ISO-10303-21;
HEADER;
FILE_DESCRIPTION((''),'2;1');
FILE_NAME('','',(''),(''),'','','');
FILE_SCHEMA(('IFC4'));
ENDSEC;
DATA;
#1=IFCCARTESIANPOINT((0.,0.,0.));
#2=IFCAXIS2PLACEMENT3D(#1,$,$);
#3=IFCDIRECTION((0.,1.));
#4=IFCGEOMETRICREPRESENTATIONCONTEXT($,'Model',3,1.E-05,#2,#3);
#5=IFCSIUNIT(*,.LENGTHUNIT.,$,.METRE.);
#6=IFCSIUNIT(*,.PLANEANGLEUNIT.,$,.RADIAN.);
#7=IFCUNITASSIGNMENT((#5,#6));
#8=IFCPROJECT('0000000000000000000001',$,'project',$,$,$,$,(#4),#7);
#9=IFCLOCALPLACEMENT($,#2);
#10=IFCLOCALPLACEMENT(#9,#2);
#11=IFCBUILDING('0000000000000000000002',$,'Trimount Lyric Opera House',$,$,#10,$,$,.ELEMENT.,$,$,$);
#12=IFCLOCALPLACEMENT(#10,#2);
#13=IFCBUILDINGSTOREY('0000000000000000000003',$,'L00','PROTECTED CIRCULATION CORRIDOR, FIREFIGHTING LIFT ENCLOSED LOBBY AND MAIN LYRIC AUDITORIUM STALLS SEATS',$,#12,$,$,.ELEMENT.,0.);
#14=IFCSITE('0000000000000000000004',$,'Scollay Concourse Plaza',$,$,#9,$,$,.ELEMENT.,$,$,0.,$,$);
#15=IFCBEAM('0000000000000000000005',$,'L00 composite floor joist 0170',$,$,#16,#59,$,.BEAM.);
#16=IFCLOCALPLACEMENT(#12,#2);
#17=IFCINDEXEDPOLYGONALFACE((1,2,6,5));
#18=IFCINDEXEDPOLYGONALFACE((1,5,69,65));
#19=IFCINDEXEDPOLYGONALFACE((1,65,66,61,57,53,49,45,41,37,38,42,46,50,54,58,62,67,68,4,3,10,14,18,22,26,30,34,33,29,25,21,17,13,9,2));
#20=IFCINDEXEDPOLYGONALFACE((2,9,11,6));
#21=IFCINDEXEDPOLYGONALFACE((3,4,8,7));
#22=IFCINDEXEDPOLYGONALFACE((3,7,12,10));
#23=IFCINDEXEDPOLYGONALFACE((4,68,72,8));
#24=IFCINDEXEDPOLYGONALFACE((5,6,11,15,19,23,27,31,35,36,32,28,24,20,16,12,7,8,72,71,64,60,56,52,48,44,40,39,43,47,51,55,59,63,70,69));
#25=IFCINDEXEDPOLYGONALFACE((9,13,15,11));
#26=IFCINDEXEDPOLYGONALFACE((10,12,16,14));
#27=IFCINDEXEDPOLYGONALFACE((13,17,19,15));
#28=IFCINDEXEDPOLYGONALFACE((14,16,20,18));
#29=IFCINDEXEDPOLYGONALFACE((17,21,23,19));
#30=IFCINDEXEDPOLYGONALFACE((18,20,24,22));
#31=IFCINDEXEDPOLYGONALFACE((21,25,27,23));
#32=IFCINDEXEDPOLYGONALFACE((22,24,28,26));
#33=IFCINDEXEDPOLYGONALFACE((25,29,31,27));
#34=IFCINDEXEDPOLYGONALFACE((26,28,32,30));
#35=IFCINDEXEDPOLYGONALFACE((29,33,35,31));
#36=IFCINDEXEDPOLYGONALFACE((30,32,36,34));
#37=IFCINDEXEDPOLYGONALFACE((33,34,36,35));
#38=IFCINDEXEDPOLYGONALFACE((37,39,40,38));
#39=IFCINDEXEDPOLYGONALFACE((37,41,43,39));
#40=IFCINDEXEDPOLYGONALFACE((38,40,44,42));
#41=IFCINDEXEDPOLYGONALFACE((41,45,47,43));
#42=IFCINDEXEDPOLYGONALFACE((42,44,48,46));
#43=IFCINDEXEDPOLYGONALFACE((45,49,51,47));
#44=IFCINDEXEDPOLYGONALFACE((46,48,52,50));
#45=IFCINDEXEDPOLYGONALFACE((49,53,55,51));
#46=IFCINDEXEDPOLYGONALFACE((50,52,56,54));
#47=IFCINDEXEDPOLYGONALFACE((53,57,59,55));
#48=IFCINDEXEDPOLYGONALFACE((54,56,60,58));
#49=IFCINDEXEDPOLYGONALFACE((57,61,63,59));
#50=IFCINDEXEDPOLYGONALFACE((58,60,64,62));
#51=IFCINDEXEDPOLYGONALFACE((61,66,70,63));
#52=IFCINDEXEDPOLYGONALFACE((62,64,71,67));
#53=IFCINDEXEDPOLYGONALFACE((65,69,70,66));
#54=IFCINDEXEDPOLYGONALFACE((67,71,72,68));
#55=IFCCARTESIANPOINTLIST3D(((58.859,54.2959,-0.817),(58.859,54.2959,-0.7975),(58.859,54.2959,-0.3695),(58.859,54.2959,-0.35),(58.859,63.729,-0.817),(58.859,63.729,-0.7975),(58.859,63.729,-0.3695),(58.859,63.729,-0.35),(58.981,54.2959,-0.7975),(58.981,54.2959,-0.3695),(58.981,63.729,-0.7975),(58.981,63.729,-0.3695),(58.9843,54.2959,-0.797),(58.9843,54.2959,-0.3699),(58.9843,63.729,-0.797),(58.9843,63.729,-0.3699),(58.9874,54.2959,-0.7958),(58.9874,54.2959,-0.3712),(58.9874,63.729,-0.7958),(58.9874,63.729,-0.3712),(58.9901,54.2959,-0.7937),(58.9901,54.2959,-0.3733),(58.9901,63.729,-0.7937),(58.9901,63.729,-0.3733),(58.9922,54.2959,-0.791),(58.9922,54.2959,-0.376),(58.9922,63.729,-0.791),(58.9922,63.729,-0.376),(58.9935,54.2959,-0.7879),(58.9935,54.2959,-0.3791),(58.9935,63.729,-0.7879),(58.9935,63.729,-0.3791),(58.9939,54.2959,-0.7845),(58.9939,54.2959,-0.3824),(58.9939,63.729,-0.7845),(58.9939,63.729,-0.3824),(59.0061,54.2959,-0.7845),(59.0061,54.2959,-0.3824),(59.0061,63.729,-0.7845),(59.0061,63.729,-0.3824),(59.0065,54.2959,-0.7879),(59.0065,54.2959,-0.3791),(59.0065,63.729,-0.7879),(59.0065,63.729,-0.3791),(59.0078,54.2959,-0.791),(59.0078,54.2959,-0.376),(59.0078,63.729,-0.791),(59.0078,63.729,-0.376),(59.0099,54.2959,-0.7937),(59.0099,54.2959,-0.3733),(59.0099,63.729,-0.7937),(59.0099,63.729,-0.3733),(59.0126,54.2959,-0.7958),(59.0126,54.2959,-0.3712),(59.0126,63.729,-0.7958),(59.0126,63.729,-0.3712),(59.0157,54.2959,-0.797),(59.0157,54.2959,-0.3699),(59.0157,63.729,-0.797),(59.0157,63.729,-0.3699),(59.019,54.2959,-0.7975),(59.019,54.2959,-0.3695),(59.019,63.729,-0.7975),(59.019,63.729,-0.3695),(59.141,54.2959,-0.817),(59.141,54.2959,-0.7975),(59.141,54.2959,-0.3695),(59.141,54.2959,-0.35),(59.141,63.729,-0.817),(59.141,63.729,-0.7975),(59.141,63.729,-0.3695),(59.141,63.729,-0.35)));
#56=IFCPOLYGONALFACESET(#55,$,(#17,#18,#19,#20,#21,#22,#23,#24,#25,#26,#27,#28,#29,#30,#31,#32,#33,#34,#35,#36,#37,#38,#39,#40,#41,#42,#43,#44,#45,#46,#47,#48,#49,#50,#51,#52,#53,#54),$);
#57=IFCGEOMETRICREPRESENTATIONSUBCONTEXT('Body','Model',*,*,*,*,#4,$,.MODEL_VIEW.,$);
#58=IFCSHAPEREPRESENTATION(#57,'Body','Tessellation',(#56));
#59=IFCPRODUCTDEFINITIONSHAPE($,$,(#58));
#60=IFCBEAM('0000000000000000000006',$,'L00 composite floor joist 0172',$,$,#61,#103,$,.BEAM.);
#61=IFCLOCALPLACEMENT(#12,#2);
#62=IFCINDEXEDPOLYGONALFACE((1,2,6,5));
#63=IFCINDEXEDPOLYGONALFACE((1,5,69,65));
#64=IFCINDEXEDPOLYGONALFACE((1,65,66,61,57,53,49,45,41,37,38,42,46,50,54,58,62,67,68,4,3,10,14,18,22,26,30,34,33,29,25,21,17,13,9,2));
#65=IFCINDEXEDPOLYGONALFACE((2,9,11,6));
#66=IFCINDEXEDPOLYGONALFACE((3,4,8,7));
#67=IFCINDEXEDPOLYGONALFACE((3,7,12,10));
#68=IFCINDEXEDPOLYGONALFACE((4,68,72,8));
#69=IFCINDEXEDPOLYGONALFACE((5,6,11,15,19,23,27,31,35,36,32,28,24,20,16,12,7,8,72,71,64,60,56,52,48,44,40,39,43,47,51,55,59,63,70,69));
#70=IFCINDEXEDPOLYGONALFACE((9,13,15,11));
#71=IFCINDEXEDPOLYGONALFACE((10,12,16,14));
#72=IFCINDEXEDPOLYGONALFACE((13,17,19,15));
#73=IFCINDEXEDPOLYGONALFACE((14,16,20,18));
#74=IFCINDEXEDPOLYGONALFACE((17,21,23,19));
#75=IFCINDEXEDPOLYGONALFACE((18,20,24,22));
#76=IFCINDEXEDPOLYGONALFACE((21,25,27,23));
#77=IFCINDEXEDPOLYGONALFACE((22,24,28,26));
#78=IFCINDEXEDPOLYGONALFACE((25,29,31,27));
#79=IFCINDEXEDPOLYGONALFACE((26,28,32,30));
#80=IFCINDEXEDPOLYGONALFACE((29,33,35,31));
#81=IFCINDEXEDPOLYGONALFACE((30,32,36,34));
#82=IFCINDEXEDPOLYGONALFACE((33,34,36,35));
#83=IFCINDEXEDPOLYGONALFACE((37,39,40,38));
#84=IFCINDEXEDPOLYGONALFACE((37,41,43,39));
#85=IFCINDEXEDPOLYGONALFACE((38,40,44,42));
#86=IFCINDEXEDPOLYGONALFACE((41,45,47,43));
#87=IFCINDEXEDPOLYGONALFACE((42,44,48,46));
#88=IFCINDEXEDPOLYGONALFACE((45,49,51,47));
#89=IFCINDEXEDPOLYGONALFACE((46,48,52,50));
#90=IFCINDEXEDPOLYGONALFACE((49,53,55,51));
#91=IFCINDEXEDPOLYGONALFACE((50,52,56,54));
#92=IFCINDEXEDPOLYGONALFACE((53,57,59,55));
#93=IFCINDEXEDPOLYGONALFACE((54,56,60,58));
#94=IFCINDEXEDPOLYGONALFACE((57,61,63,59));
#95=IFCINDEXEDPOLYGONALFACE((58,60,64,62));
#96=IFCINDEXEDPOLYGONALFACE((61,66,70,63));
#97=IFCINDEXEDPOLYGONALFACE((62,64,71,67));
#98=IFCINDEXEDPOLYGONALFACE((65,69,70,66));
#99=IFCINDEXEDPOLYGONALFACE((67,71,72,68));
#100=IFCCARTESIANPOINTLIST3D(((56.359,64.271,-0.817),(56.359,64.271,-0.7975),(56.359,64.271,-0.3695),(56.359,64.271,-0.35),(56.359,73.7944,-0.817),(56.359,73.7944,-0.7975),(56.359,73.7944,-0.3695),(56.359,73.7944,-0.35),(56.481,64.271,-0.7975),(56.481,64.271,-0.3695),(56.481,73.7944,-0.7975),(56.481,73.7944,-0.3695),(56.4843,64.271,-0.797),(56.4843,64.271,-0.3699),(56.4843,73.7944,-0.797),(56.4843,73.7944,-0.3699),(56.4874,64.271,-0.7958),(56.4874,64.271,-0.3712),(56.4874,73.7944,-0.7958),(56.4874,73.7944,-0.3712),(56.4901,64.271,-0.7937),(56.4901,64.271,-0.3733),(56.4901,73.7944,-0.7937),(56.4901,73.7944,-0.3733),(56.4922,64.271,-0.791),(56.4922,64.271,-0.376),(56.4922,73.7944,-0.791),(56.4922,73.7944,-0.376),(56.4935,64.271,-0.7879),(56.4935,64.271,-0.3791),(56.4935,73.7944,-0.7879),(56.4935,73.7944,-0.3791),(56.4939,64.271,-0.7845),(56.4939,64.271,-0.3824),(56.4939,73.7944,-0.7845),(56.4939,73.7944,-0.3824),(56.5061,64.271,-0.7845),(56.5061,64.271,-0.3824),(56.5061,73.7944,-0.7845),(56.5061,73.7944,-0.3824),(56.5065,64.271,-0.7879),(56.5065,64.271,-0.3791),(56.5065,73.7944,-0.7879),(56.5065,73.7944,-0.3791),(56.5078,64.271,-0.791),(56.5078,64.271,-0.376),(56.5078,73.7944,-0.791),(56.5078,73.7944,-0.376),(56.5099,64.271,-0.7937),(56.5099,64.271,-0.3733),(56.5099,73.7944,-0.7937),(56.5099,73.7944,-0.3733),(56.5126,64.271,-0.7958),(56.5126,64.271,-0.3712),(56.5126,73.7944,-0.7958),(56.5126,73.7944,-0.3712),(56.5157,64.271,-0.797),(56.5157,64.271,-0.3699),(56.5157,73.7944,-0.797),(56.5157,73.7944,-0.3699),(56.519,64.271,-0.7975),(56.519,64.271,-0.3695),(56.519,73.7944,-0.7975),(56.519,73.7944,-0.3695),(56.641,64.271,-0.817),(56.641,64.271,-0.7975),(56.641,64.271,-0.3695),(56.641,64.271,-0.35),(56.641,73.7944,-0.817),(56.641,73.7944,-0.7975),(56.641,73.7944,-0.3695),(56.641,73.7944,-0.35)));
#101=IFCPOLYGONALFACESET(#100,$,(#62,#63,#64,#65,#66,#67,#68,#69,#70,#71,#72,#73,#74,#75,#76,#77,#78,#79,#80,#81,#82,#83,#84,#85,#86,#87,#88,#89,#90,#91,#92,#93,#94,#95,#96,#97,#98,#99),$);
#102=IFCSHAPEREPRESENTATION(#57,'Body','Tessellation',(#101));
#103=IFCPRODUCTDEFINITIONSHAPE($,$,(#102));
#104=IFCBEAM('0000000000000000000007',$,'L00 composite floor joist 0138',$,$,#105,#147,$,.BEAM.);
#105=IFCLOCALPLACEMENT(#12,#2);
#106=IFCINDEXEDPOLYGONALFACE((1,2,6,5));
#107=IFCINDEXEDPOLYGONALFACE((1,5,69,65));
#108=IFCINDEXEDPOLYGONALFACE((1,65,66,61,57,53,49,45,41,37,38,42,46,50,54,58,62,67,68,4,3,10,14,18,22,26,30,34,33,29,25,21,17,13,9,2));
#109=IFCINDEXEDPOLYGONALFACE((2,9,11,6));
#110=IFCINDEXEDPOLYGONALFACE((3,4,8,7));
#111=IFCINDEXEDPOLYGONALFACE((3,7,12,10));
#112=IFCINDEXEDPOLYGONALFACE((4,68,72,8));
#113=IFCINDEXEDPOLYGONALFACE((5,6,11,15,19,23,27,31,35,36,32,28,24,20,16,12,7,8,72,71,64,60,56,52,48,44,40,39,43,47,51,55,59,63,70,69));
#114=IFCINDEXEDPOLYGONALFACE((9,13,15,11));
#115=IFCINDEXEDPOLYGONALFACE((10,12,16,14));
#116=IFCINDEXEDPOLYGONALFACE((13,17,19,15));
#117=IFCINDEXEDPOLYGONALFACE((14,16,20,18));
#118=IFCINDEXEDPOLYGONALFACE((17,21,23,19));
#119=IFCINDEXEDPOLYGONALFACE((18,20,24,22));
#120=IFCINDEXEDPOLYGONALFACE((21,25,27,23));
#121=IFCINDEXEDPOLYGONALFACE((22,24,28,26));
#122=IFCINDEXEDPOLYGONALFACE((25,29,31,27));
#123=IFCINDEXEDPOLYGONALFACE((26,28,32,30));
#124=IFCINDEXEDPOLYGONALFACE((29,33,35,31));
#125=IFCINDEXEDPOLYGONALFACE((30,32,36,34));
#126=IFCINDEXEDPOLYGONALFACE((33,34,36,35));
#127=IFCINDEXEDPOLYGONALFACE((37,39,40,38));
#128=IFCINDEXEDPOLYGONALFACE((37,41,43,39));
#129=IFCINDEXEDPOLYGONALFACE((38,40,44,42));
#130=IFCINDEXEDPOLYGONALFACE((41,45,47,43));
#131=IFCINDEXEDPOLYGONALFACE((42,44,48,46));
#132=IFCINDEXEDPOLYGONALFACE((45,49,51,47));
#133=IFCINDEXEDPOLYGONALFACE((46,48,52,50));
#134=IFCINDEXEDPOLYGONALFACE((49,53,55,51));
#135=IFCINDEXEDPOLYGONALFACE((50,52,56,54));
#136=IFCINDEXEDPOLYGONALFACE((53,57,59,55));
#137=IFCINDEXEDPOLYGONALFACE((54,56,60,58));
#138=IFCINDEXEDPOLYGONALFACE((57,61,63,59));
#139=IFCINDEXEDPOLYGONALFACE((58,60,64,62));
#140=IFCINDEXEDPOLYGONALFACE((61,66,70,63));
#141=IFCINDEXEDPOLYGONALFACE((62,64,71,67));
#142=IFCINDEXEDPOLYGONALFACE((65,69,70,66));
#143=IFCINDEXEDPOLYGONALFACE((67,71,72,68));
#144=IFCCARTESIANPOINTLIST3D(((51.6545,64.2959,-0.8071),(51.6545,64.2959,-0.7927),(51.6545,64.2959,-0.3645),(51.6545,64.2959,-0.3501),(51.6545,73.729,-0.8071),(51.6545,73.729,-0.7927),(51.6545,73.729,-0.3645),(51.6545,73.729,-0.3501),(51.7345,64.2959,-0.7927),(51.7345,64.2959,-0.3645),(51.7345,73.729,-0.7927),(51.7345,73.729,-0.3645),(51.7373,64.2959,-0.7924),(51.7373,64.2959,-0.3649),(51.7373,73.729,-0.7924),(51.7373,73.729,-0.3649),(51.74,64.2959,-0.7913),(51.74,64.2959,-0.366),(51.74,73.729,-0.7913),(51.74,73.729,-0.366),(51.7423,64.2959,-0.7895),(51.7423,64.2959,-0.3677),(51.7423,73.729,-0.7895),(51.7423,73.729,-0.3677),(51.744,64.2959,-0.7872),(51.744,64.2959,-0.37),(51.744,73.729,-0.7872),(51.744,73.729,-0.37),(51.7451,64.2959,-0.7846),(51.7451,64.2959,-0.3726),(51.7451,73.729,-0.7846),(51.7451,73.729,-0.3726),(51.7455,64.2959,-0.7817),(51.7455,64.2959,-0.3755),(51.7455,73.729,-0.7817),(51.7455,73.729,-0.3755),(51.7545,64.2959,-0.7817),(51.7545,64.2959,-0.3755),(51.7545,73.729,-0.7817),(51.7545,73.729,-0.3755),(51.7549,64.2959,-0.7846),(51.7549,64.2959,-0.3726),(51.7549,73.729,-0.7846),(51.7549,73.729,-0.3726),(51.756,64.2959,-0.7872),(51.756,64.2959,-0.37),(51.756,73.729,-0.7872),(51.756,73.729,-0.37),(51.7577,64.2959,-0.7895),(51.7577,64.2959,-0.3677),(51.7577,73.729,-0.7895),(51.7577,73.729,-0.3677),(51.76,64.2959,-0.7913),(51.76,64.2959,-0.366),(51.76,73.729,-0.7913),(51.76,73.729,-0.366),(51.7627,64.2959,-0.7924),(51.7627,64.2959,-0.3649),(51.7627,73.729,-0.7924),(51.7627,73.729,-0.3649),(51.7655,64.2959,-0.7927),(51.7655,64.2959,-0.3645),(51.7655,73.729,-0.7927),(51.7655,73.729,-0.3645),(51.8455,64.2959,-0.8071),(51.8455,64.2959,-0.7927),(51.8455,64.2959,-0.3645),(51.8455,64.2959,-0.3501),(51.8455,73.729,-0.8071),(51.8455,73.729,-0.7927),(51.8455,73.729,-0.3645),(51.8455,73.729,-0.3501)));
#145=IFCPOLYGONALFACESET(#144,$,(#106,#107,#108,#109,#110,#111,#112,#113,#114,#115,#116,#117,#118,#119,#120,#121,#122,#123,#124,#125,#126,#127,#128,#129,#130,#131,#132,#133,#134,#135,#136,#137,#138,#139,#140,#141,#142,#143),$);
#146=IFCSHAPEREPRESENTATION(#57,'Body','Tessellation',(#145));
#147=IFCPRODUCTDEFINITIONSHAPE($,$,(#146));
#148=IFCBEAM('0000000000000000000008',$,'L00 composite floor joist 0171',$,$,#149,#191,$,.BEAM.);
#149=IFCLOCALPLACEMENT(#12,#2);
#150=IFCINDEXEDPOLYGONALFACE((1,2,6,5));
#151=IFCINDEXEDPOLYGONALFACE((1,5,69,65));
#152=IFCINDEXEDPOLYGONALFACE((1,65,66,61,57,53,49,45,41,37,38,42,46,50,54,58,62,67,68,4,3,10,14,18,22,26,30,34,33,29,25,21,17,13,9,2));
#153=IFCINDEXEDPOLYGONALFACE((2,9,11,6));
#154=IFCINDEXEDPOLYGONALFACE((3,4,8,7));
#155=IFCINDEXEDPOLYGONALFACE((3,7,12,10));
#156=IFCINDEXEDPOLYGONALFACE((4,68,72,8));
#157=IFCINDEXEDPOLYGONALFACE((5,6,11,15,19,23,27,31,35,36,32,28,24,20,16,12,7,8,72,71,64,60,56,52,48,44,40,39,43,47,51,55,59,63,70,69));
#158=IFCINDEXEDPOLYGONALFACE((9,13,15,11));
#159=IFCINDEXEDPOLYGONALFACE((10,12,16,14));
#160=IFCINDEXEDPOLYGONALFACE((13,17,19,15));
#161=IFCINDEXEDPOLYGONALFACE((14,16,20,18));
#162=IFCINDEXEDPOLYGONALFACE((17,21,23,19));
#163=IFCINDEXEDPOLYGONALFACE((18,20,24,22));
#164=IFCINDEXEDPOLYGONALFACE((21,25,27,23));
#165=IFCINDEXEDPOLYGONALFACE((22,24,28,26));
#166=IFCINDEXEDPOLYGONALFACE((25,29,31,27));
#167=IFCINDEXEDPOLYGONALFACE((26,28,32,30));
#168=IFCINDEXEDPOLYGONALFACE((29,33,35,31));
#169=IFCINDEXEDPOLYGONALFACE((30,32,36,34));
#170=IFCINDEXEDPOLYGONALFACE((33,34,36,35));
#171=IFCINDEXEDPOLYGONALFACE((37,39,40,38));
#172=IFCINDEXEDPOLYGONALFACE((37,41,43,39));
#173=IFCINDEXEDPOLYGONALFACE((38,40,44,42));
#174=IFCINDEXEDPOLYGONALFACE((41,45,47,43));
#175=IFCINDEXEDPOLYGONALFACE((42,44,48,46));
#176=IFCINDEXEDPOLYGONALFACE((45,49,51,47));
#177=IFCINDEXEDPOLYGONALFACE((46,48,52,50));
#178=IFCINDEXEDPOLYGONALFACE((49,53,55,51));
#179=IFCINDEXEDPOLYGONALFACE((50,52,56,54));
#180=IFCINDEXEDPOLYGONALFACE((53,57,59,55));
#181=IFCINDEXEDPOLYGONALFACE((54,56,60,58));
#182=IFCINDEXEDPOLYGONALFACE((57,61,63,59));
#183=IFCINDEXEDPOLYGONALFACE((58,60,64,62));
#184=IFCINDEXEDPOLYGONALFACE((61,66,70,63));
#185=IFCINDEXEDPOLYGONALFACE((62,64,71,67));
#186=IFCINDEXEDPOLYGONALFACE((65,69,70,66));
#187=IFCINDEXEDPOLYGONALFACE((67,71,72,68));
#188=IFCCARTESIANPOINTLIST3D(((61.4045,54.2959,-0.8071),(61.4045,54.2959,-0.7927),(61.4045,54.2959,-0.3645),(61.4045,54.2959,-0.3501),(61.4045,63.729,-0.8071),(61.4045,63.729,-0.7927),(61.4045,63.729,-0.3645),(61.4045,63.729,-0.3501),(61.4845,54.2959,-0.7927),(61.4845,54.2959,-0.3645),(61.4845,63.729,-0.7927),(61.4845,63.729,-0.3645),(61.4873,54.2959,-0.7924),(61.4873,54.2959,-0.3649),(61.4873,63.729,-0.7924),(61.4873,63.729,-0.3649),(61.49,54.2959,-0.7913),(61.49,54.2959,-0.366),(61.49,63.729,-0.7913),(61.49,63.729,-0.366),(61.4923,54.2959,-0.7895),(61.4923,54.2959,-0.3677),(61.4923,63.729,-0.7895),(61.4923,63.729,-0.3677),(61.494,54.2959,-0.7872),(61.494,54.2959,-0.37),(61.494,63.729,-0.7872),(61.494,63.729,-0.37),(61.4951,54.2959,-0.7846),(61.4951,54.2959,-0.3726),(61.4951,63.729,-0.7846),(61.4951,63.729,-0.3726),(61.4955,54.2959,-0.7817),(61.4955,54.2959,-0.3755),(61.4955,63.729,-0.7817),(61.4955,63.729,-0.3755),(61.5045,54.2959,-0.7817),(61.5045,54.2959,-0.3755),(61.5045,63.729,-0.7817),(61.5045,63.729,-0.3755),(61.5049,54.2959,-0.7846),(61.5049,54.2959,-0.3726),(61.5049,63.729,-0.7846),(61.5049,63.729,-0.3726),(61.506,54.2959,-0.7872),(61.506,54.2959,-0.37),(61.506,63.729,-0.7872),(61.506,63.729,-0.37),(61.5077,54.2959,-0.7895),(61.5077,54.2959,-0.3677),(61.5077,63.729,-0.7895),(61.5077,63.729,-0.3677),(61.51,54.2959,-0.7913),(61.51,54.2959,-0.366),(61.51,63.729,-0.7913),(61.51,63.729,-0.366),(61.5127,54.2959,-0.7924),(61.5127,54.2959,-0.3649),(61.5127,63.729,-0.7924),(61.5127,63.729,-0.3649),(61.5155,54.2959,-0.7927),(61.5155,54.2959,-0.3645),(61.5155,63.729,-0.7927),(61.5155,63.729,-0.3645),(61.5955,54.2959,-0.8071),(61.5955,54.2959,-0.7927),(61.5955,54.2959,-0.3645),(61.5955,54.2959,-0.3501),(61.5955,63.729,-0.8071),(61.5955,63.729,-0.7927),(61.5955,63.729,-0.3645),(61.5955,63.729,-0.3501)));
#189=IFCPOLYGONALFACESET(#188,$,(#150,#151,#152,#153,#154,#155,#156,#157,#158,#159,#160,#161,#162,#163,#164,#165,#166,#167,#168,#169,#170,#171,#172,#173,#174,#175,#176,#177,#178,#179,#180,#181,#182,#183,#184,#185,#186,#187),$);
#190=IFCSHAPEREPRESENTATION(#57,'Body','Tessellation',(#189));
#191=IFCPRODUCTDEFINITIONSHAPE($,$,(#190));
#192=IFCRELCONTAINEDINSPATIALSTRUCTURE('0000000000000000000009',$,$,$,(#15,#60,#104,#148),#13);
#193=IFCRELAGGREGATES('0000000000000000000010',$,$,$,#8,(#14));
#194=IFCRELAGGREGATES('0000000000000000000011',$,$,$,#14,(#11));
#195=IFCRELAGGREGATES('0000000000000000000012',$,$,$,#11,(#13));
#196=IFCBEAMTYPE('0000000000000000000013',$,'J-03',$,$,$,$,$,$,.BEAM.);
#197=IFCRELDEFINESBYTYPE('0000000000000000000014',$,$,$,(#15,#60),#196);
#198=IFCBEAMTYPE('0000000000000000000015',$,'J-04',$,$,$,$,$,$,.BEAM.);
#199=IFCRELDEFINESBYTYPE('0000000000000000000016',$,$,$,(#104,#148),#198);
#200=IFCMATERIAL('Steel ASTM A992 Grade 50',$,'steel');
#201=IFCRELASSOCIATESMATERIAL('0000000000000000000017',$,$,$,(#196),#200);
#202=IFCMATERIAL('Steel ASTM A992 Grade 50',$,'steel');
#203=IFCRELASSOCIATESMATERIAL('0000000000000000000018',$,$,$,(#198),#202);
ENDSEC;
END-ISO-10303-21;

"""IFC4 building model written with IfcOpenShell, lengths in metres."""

from ifc_helpers import new_model, si_unit, direction, frame, origin, origin_2d, place, context, subcontext, project, spatial, i_section, extrude, material, material_profile, profile_set, type_object, element, save


model = new_model("IFC4")

# Units and contexts
model_context = context("Model", 3, precision=1e-05, world=origin(), true_north=direction((0.0, 1.0)))
body_context = subcontext(model_context, "Body", "Model", "MODEL_VIEW")
ifc_project = project(units=[si_unit("LENGTHUNIT", "METRE"), si_unit("PLANEANGLEUNIT", "RADIAN")], contexts=[model_context])

# Site, building, storey
site_placement = place(None, origin())
site = spatial("IfcSite", under=ifc_project, at=site_placement, Name="Scollay Concourse Plaza", CompositionType="ELEMENT", RefElevation=0.0)
building_placement = place(site_placement, origin())
building = spatial("IfcBuilding", under=site, at=building_placement, Name="Trimount Lyric Opera House", CompositionType="ELEMENT")
storey_placement = place(building_placement, origin())
storey = spatial("IfcBuildingStorey", under=building, at=storey_placement, Name="L00", Description="PROTECTED CIRCULATION CORRIDOR, FIREFIGHTING LIFT ENCLOSED LOBBY AND MAIN LYRIC AUDITORIUM STALLS SEATS", CompositionType="ELEMENT", Elevation=0.0)

# Beams
ifc_material_1 = material(Name="Steel ASTM A992 Grade 50", Category="steel")
ifc_material_profile_1 = material_profile(ifc_material_1, i_section(OverallWidth=0.282, OverallDepth=0.467, WebThickness=0.0122, FlangeThickness=0.0195, FilletRadius=0.0129, at=origin_2d()), Name="W18X86")
ifc_profile_set_1 = profile_set([ifc_material_profile_1], Name="Steel ASTM A992 Grade 50")
beam_type_1 = type_object("IfcBeamType", Name="J-03", PredefinedType="BEAM", material=ifc_profile_set_1)
for number, where, z_axis, x_axis, name in (
    (1, (59.0, 54.2959, -0.5835), (0.0, 1.0, 0.0), (-1.0, 0.0, 0.0), "L00 composite floor joist 0170"),
):
    element("IfcBeam", number, at=place(storey_placement, frame(where, z_axis=z_axis, x_axis=x_axis)), inside=storey, type_object=beam_type_1, Name=name, PredefinedType="BEAM", context=body_context, shape_type="SweptSolid", body=[
        extrude(i_section(OverallWidth=0.282, OverallDepth=0.467, WebThickness=0.0122, FlangeThickness=0.0195, FilletRadius=0.0129, at=origin_2d()), origin(), (0.0, 0.0, 1.0), 9.4331),
    ])
beam_1_placement = place(storey_placement, frame((56.5, 64.271, -0.5835), z_axis=(0.0, 1.0, 0.0), x_axis=(-1.0, 0.0, 0.0)))
element("IfcBeam", 2, at=beam_1_placement, inside=storey, type_object=beam_type_1, Name="L00 composite floor joist 0172", PredefinedType="BEAM", context=body_context, shape_type="SweptSolid", body=[
    extrude(i_section(OverallWidth=0.282, OverallDepth=0.467, WebThickness=0.0122, FlangeThickness=0.0195, FilletRadius=0.0129, at=origin_2d()), origin(), (0.0, 0.0, 1.0), 9.5234),
])
ifc_material_2 = material(Name="Steel ASTM A992 Grade 50", Category="steel")
ifc_material_profile_2 = material_profile(ifc_material_2, i_section(OverallWidth=0.1909, OverallDepth=0.457, WebThickness=0.009, FlangeThickness=0.0144, FilletRadius=0.011, at=origin_2d()), Name="W18X50")
ifc_profile_set_2 = profile_set([ifc_material_profile_2], Name="Steel ASTM A992 Grade 50")
beam_type_2 = type_object("IfcBeamType", Name="J-04", PredefinedType="BEAM", material=ifc_profile_set_2)
for number, where, z_axis, x_axis, name in (
    (3, (51.75, 64.2959, -0.5786), (0.0, 1.0, 0.0), (-1.0, 0.0, 0.0), "L00 composite floor joist 0138"),
    (4, (61.5, 54.2959, -0.5786), (0.0, 1.0, 0.0), (-1.0, 0.0, 0.0), "L00 composite floor joist 0171"),
):
    element("IfcBeam", number, at=place(storey_placement, frame(where, z_axis=z_axis, x_axis=x_axis)), inside=storey, type_object=beam_type_2, Name=name, PredefinedType="BEAM", context=body_context, shape_type="SweptSolid", body=[
        extrude(i_section(OverallWidth=0.1909, OverallDepth=0.457, WebThickness=0.009, FlangeThickness=0.0144, FilletRadius=0.011, at=origin_2d()), origin(), (0.0, 0.0, 1.0), 9.4331),
    ])

save(model, "model.ifc")
